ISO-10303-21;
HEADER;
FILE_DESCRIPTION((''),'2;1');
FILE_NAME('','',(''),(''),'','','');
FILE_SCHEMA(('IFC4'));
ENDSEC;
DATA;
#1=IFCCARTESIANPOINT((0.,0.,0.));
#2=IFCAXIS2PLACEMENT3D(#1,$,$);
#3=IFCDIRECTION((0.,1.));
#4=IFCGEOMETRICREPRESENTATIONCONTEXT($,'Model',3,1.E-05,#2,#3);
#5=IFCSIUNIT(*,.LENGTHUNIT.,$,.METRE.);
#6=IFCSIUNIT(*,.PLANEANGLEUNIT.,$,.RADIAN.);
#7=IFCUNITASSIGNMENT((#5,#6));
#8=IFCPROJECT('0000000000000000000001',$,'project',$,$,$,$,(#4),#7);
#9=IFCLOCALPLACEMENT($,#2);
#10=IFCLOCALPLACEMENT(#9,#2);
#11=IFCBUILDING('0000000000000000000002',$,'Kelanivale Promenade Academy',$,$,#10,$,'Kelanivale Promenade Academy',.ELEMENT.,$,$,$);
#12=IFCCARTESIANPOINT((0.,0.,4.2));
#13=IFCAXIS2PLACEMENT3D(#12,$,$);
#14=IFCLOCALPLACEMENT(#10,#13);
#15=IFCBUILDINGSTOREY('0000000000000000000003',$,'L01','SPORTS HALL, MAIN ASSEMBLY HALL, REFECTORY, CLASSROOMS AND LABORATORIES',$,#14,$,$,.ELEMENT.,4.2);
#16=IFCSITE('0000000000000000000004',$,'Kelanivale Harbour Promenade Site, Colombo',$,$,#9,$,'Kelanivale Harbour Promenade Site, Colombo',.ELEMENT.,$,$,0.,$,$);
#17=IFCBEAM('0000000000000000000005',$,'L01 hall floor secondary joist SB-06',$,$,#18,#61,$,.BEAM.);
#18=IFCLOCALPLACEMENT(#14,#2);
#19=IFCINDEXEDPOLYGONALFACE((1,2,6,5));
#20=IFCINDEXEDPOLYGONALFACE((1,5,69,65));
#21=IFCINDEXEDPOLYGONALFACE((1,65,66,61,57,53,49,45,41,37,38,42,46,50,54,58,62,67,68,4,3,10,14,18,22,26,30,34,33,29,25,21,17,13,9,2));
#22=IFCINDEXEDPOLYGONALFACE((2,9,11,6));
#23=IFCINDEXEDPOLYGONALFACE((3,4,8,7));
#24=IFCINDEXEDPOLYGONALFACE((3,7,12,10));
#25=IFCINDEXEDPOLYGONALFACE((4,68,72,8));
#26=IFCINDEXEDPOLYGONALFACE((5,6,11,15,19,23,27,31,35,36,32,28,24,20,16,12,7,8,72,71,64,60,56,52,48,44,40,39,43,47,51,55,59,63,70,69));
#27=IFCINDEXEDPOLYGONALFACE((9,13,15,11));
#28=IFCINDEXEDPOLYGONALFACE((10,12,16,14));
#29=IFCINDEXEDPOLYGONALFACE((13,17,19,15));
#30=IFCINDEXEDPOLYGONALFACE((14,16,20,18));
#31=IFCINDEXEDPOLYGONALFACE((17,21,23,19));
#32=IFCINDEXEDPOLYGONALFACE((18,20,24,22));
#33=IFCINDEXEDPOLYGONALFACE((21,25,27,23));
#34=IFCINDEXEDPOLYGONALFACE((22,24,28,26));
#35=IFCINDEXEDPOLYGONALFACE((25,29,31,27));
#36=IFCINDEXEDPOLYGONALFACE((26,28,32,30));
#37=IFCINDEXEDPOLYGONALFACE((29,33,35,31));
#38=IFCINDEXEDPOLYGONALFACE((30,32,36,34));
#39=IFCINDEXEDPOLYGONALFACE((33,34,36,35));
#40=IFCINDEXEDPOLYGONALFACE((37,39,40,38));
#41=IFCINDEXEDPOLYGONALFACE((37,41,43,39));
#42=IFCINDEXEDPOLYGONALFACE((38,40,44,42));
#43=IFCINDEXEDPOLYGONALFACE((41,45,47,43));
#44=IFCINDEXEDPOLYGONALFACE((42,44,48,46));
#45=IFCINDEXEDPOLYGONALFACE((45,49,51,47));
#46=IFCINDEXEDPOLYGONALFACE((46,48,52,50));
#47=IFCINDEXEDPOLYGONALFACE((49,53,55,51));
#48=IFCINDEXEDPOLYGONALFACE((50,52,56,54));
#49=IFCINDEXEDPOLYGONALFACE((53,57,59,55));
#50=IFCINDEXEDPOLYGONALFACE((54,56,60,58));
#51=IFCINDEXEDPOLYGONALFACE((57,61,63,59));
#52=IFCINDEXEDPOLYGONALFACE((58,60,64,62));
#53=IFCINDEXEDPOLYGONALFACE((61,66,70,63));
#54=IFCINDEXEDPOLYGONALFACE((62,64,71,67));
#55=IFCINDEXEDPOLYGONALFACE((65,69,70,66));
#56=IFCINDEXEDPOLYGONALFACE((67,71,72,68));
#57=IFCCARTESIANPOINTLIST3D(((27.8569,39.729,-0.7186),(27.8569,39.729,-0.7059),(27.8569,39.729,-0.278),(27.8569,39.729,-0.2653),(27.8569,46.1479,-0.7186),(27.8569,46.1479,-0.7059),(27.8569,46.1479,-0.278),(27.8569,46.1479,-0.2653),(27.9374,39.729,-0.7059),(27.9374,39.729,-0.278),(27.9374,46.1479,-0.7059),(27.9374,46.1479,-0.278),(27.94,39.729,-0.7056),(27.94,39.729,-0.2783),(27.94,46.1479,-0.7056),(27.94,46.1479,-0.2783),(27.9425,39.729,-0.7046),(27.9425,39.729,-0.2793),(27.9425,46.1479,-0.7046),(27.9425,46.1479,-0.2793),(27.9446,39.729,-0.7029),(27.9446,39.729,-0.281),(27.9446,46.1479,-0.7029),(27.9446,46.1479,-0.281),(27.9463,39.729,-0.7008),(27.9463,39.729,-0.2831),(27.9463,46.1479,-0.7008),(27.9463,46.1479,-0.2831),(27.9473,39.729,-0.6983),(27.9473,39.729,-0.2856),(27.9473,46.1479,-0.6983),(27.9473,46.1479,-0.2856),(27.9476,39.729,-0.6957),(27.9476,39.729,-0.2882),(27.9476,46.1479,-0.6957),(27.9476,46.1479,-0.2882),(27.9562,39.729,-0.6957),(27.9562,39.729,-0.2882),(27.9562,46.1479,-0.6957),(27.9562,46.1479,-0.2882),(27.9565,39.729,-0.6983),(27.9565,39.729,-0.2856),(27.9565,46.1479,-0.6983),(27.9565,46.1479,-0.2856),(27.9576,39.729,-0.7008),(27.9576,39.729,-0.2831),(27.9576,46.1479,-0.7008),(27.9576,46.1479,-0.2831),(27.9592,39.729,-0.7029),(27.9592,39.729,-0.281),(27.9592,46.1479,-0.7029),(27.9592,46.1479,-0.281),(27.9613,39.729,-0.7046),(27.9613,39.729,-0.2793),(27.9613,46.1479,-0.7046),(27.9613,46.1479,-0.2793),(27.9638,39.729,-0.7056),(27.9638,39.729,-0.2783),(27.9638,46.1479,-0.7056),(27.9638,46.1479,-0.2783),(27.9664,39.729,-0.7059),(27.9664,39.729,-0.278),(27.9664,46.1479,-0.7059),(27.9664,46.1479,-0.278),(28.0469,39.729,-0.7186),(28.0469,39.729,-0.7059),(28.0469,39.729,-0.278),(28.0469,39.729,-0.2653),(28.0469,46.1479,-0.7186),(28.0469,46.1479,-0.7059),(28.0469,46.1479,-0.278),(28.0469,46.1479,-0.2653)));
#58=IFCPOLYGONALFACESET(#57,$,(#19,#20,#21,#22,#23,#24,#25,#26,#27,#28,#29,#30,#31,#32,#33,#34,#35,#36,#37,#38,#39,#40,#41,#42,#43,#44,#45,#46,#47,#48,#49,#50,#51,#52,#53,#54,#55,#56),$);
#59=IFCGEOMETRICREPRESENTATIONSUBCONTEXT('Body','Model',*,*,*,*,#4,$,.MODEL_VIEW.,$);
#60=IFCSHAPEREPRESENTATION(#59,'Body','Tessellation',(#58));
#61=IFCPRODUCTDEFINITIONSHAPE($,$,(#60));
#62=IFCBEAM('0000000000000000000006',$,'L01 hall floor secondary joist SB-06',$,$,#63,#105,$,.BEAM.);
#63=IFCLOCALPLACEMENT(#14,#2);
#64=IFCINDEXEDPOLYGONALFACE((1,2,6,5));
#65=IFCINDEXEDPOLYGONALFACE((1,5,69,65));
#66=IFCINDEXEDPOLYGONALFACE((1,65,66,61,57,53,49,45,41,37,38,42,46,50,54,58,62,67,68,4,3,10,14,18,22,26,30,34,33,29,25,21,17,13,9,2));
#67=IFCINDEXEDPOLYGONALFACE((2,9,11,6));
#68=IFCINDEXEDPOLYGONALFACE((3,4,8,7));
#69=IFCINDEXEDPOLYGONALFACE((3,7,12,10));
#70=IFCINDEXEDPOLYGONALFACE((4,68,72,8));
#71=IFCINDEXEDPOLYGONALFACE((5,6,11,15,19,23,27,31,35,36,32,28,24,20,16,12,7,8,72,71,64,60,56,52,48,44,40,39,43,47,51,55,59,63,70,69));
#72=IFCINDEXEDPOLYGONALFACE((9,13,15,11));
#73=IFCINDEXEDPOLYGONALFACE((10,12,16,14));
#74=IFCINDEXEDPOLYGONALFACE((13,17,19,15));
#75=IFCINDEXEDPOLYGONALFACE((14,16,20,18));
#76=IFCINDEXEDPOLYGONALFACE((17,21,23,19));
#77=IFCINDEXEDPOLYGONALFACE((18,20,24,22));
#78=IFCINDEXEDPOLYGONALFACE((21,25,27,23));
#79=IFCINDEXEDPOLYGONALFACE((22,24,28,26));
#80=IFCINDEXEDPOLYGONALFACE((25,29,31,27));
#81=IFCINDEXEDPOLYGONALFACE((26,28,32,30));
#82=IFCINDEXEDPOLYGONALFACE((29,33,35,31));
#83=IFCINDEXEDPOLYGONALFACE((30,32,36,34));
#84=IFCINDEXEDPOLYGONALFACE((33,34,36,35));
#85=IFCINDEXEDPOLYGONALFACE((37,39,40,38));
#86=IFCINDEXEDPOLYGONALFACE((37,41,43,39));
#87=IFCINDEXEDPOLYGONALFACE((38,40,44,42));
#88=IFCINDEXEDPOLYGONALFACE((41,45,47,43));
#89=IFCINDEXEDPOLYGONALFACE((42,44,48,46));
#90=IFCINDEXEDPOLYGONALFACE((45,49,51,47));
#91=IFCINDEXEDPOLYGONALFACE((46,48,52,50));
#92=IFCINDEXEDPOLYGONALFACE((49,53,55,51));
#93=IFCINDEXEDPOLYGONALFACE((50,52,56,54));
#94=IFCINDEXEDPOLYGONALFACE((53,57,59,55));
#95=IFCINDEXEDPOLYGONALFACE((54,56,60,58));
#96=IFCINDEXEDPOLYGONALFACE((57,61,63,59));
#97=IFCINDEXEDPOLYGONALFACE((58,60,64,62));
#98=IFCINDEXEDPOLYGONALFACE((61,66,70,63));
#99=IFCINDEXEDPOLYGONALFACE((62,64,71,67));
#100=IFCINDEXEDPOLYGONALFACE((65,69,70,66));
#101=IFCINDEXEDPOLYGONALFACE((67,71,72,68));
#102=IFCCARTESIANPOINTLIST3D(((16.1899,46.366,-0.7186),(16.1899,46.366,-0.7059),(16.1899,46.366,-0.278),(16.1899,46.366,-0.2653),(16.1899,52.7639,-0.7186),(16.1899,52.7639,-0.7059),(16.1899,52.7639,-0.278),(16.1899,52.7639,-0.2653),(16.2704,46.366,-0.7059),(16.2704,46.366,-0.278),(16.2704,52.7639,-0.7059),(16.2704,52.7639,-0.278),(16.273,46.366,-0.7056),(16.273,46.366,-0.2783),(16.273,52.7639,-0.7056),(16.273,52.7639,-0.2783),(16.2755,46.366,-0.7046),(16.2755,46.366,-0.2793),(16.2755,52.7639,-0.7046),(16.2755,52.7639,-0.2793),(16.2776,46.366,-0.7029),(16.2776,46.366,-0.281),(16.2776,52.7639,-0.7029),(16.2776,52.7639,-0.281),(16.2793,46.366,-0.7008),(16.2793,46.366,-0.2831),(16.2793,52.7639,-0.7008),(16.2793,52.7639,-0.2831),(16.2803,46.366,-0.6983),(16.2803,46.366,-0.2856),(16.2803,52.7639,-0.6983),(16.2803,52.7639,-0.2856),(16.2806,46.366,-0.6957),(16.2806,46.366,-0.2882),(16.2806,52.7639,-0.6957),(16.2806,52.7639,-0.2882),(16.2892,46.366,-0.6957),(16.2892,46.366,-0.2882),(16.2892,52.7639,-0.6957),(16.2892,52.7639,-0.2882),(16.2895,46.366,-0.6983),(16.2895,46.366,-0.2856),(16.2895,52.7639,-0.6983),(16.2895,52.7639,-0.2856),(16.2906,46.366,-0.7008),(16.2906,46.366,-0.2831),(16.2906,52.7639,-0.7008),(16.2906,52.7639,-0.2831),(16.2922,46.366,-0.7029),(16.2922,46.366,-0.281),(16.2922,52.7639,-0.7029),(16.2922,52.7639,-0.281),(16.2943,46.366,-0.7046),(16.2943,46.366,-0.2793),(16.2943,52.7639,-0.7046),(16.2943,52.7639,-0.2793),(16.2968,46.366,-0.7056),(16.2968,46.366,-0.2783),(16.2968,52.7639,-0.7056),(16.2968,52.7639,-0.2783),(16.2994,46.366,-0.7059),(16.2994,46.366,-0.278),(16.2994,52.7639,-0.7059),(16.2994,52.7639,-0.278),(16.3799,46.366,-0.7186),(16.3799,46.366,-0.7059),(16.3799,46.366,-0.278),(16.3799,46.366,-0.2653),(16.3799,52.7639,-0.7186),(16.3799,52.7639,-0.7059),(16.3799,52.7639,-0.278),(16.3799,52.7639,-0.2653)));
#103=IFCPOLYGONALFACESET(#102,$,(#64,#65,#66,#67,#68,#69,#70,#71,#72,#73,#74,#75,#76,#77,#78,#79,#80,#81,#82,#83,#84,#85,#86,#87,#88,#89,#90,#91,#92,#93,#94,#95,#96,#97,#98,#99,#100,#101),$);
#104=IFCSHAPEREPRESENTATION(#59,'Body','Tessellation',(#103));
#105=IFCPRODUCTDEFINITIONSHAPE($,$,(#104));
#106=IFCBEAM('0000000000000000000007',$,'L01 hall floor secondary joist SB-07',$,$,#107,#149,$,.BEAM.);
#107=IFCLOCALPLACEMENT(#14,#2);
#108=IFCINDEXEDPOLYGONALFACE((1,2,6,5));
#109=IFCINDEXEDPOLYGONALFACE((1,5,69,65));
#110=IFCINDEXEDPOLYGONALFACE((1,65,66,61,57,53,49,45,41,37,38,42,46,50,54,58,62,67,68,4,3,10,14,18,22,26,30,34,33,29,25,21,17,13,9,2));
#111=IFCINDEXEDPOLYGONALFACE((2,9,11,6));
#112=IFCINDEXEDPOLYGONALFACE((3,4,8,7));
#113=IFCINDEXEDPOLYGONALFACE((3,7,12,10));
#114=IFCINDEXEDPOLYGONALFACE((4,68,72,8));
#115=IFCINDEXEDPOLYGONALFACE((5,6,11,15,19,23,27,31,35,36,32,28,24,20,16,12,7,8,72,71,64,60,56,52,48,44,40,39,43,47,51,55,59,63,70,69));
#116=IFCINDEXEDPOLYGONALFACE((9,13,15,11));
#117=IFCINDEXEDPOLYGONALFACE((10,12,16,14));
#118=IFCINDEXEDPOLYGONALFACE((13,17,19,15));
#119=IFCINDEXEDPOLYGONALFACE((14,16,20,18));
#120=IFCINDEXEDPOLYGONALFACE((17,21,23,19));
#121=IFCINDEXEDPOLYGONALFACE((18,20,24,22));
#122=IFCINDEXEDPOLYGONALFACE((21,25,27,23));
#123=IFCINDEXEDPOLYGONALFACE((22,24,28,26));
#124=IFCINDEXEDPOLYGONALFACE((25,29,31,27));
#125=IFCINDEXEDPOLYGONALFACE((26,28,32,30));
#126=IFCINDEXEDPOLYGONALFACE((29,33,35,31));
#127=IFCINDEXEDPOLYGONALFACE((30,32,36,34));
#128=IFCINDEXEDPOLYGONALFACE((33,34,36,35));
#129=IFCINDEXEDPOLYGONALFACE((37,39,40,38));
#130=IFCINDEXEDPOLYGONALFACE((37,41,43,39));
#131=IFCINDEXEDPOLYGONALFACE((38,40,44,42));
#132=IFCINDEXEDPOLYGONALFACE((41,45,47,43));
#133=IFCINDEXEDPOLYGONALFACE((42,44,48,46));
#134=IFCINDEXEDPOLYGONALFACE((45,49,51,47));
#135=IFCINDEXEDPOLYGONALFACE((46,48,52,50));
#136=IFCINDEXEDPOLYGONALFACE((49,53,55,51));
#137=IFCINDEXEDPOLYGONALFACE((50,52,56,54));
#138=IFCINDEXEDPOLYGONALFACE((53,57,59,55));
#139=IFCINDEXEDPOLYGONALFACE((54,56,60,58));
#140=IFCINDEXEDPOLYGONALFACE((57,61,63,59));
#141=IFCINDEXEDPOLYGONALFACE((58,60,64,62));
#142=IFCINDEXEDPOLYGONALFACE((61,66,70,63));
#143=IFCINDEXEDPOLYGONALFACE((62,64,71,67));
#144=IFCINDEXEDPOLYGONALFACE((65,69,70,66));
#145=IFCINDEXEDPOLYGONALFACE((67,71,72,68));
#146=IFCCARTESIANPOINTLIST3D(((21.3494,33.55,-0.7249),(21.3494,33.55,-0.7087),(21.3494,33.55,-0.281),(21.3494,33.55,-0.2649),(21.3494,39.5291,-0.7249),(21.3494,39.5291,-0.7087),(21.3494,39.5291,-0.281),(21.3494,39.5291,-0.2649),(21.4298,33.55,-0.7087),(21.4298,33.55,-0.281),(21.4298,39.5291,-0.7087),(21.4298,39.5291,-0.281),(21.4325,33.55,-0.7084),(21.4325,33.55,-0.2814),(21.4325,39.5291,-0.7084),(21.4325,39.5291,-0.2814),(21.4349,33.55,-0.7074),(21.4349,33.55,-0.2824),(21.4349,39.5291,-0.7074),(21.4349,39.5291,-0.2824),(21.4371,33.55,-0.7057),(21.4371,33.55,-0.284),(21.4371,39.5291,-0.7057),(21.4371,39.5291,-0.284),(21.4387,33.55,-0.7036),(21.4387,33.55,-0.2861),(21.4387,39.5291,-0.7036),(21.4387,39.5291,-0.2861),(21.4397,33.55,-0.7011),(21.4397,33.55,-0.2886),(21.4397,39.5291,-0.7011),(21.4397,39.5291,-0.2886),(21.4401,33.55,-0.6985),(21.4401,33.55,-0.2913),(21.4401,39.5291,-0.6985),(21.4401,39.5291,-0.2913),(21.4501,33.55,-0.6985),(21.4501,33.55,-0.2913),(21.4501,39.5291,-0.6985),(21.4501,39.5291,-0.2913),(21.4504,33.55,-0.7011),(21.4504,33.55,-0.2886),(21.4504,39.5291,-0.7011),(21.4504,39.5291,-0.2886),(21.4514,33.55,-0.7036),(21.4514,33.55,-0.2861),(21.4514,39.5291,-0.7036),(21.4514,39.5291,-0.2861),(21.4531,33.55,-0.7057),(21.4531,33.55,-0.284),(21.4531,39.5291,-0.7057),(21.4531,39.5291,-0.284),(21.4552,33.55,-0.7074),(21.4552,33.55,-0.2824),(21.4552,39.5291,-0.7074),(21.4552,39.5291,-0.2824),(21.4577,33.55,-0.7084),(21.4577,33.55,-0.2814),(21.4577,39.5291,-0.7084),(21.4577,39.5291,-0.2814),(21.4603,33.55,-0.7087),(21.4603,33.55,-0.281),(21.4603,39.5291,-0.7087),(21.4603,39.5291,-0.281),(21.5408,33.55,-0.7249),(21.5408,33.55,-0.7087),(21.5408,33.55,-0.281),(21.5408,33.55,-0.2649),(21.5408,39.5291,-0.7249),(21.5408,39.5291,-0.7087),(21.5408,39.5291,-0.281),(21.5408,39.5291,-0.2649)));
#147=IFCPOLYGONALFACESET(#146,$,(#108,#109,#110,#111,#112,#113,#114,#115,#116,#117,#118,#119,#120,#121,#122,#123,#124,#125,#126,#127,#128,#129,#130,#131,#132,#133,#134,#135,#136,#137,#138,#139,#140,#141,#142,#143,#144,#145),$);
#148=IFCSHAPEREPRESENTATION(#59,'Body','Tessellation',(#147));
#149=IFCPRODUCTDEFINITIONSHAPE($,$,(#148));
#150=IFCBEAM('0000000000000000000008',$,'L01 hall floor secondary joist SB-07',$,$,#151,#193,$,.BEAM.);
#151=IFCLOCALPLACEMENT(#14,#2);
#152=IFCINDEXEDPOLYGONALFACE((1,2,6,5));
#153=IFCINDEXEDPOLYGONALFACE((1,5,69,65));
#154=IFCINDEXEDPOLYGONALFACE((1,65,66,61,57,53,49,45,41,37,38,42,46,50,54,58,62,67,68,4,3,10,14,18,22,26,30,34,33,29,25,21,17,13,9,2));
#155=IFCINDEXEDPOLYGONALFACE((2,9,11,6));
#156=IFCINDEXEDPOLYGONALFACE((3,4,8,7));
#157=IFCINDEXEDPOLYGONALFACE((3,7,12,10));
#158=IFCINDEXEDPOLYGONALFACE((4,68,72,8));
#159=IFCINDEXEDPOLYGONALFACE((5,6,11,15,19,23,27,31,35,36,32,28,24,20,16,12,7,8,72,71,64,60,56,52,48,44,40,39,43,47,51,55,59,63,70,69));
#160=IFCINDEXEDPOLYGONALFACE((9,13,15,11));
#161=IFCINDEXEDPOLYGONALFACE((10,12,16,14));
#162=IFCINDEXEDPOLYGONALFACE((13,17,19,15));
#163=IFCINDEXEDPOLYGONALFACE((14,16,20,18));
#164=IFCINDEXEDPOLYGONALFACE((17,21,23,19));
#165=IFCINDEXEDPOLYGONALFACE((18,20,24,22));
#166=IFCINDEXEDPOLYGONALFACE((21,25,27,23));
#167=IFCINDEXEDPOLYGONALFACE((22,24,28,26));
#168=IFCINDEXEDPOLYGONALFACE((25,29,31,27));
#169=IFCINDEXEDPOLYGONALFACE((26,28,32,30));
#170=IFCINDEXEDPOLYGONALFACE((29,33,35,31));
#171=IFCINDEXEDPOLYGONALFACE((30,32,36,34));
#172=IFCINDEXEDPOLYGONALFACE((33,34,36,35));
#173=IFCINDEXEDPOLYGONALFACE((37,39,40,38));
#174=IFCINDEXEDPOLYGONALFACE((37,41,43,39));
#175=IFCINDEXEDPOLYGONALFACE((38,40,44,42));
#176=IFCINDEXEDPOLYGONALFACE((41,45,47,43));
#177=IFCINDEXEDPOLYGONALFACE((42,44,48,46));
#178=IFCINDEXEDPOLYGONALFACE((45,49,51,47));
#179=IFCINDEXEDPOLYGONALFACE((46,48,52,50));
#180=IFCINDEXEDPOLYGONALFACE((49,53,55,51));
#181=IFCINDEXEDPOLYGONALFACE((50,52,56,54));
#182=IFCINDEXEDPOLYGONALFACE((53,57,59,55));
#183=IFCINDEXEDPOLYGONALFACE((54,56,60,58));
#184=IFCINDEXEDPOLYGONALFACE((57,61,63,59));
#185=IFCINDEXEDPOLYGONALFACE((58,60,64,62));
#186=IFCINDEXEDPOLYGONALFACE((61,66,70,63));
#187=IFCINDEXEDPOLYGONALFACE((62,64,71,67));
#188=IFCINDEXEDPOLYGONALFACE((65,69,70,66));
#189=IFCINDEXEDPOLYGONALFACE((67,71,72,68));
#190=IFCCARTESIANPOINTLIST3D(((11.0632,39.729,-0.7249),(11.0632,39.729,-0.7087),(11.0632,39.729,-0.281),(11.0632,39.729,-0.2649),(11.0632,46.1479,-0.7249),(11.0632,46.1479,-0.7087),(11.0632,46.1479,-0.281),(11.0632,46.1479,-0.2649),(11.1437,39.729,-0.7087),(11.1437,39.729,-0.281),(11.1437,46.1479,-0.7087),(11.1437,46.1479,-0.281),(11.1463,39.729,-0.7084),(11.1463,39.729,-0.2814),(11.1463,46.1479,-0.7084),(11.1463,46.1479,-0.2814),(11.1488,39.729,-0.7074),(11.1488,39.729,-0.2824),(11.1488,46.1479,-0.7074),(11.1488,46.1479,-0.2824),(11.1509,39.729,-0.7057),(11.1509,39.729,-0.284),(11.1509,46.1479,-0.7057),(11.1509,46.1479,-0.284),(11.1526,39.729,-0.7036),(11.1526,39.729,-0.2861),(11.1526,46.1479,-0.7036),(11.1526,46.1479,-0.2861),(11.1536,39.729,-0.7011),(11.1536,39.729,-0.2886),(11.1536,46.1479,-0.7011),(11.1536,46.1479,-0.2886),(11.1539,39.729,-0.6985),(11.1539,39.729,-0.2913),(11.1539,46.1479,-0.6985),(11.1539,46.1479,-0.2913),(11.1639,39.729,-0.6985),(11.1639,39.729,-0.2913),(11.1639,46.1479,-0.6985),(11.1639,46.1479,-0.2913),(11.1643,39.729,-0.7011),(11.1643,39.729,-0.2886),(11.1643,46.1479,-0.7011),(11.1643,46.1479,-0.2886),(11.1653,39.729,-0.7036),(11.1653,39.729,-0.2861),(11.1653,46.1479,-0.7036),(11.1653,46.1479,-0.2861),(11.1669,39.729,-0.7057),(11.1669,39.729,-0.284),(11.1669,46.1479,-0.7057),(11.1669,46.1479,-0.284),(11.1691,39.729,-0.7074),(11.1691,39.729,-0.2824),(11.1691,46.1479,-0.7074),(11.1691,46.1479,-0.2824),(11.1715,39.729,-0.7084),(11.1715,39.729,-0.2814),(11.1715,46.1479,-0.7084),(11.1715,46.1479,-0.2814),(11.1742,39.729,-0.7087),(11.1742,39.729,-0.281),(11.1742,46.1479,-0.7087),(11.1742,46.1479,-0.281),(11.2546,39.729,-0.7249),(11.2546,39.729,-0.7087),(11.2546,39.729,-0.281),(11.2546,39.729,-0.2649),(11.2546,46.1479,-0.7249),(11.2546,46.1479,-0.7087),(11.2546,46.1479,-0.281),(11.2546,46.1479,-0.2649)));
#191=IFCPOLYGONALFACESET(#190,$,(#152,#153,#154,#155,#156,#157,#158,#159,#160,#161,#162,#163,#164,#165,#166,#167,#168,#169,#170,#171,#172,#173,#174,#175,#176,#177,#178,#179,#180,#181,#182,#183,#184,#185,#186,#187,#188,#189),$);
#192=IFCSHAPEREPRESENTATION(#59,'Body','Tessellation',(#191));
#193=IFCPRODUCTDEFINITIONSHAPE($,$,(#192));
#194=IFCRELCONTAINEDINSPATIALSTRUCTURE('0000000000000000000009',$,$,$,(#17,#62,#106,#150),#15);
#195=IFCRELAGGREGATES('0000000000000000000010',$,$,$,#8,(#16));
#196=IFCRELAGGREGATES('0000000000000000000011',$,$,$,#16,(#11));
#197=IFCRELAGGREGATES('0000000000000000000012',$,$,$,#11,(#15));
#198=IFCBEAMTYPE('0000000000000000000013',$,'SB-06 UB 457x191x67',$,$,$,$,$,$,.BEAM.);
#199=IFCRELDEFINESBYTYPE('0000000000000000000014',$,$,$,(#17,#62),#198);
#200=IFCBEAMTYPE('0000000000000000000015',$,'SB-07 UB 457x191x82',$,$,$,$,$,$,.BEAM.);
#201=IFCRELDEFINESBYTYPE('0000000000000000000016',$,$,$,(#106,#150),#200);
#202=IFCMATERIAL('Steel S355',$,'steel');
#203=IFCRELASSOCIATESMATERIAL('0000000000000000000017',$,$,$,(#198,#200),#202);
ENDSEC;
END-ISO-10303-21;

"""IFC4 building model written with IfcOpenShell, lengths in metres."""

from ifc_helpers import new_model, si_unit, direction, frame, origin, origin_2d, place, context, subcontext, project, spatial, i_section, extrude, material, material_profile, profile_set, type_object, element, save


model = new_model("IFC4")

# Units and contexts
model_context = context("Model", 3, precision=1e-05, world=origin(), true_north=direction((0.0, 1.0)))
body_context = subcontext(model_context, "Body", "Model", "MODEL_VIEW")
ifc_project = project(units=[si_unit("LENGTHUNIT", "METRE"), si_unit("PLANEANGLEUNIT", "RADIAN")], contexts=[model_context])

# Site, building, storey
site_placement = place(None, origin())
site = spatial("IfcSite", under=ifc_project, at=site_placement, Name="Kelanivale Harbour Promenade Site, Colombo", LongName="Kelanivale Harbour Promenade Site, Colombo", CompositionType="ELEMENT", RefElevation=0.0)
building_placement = place(site_placement, origin())
building = spatial("IfcBuilding", under=site, at=building_placement, Name="Kelanivale Promenade Academy", LongName="Kelanivale Promenade Academy", CompositionType="ELEMENT")
storey_placement = place(building_placement, frame((0.0, 0.0, 4.2)))
storey = spatial("IfcBuildingStorey", under=building, at=storey_placement, Name="L01", Description="SPORTS HALL, MAIN ASSEMBLY HALL, REFECTORY, CLASSROOMS AND LABORATORIES", CompositionType="ELEMENT", Elevation=4.2)

# Shared definitions
ifc_material_1 = material(Name="Steel S355", Category="steel")

# Beams
ifc_material_profile_1 = material_profile(ifc_material_1, i_section(OverallWidth=0.1899, OverallDepth=0.4534, WebThickness=0.0085, FlangeThickness=0.0127, FilletRadius=0.0103, at=origin_2d()), Name="UB 457x191x67")
ifc_profile_set_1 = profile_set([ifc_material_profile_1], Name="Steel S355")
beam_type_1 = type_object("IfcBeamType", Name="SB-06 UB 457x191x67", PredefinedType="BEAM", material=ifc_profile_set_1)
beam_1_placement = place(storey_placement, frame((27.9519, 39.729, -0.4919), z_axis=(0.0, 1.0, 0.0), x_axis=(-1.0, 0.0, 0.0)))
element("IfcBeam", 1, at=beam_1_placement, inside=storey, type_object=beam_type_1, Name="L01 hall floor secondary joist SB-06", PredefinedType="BEAM", context=body_context, shape_type="SweptSolid", body=[
    extrude(i_section(OverallWidth=0.1899, OverallDepth=0.4534, WebThickness=0.0085, FlangeThickness=0.0127, FilletRadius=0.0103, at=origin_2d()), origin(), (0.0, 0.0, 1.0), 6.4189),
])
beam_2_placement = place(storey_placement, frame((16.2849, 46.366, -0.4919), z_axis=(0.0, 1.0, 0.0), x_axis=(-1.0, 0.0, 0.0)))
element("IfcBeam", 2, at=beam_2_placement, inside=storey, type_object=beam_type_1, Name="L01 hall floor secondary joist SB-06", PredefinedType="BEAM", context=body_context, shape_type="SweptSolid", body=[
    extrude(i_section(OverallWidth=0.1899, OverallDepth=0.4534, WebThickness=0.0085, FlangeThickness=0.0127, FilletRadius=0.0103, at=origin_2d()), origin(), (0.0, 0.0, 1.0), 6.3979),
])
ifc_material_profile_2 = material_profile(ifc_material_1, i_section(OverallWidth=0.1914, OverallDepth=0.46, WebThickness=0.01, FlangeThickness=0.0161, FilletRadius=0.0103, at=origin_2d()), Name="UB 457x191x82")
ifc_profile_set_2 = profile_set([ifc_material_profile_2], Name="Steel S355")
beam_type_2 = type_object("IfcBeamType", Name="SB-07 UB 457x191x82", PredefinedType="BEAM", material=ifc_profile_set_2)
beam_3_placement = place(storey_placement, frame((21.4451, 33.55, -0.4949), z_axis=(0.0, 1.0, 0.0), x_axis=(-1.0, 0.0, 0.0)))
element("IfcBeam", 3, at=beam_3_placement, inside=storey, type_object=beam_type_2, Name="L01 hall floor secondary joist SB-07", PredefinedType="BEAM", context=body_context, shape_type="SweptSolid", body=[
    extrude(i_section(OverallWidth=0.1914, OverallDepth=0.46, WebThickness=0.01, FlangeThickness=0.0161, FilletRadius=0.0103, at=origin_2d()), origin(), (0.0, 0.0, 1.0), 5.979),
])
beam_4_placement = place(storey_placement, frame((11.1589, 39.729, -0.4949), z_axis=(0.0, 1.0, 0.0), x_axis=(-1.0, 0.0, 0.0)))
element("IfcBeam", 4, at=beam_4_placement, inside=storey, type_object=beam_type_2, Name="L01 hall floor secondary joist SB-07", PredefinedType="BEAM", context=body_context, shape_type="SweptSolid", body=[
    extrude(i_section(OverallWidth=0.1914, OverallDepth=0.46, WebThickness=0.01, FlangeThickness=0.0161, FilletRadius=0.0103, at=origin_2d()), origin(), (0.0, 0.0, 1.0), 6.4189),
])

save(model, "model.ifc")
